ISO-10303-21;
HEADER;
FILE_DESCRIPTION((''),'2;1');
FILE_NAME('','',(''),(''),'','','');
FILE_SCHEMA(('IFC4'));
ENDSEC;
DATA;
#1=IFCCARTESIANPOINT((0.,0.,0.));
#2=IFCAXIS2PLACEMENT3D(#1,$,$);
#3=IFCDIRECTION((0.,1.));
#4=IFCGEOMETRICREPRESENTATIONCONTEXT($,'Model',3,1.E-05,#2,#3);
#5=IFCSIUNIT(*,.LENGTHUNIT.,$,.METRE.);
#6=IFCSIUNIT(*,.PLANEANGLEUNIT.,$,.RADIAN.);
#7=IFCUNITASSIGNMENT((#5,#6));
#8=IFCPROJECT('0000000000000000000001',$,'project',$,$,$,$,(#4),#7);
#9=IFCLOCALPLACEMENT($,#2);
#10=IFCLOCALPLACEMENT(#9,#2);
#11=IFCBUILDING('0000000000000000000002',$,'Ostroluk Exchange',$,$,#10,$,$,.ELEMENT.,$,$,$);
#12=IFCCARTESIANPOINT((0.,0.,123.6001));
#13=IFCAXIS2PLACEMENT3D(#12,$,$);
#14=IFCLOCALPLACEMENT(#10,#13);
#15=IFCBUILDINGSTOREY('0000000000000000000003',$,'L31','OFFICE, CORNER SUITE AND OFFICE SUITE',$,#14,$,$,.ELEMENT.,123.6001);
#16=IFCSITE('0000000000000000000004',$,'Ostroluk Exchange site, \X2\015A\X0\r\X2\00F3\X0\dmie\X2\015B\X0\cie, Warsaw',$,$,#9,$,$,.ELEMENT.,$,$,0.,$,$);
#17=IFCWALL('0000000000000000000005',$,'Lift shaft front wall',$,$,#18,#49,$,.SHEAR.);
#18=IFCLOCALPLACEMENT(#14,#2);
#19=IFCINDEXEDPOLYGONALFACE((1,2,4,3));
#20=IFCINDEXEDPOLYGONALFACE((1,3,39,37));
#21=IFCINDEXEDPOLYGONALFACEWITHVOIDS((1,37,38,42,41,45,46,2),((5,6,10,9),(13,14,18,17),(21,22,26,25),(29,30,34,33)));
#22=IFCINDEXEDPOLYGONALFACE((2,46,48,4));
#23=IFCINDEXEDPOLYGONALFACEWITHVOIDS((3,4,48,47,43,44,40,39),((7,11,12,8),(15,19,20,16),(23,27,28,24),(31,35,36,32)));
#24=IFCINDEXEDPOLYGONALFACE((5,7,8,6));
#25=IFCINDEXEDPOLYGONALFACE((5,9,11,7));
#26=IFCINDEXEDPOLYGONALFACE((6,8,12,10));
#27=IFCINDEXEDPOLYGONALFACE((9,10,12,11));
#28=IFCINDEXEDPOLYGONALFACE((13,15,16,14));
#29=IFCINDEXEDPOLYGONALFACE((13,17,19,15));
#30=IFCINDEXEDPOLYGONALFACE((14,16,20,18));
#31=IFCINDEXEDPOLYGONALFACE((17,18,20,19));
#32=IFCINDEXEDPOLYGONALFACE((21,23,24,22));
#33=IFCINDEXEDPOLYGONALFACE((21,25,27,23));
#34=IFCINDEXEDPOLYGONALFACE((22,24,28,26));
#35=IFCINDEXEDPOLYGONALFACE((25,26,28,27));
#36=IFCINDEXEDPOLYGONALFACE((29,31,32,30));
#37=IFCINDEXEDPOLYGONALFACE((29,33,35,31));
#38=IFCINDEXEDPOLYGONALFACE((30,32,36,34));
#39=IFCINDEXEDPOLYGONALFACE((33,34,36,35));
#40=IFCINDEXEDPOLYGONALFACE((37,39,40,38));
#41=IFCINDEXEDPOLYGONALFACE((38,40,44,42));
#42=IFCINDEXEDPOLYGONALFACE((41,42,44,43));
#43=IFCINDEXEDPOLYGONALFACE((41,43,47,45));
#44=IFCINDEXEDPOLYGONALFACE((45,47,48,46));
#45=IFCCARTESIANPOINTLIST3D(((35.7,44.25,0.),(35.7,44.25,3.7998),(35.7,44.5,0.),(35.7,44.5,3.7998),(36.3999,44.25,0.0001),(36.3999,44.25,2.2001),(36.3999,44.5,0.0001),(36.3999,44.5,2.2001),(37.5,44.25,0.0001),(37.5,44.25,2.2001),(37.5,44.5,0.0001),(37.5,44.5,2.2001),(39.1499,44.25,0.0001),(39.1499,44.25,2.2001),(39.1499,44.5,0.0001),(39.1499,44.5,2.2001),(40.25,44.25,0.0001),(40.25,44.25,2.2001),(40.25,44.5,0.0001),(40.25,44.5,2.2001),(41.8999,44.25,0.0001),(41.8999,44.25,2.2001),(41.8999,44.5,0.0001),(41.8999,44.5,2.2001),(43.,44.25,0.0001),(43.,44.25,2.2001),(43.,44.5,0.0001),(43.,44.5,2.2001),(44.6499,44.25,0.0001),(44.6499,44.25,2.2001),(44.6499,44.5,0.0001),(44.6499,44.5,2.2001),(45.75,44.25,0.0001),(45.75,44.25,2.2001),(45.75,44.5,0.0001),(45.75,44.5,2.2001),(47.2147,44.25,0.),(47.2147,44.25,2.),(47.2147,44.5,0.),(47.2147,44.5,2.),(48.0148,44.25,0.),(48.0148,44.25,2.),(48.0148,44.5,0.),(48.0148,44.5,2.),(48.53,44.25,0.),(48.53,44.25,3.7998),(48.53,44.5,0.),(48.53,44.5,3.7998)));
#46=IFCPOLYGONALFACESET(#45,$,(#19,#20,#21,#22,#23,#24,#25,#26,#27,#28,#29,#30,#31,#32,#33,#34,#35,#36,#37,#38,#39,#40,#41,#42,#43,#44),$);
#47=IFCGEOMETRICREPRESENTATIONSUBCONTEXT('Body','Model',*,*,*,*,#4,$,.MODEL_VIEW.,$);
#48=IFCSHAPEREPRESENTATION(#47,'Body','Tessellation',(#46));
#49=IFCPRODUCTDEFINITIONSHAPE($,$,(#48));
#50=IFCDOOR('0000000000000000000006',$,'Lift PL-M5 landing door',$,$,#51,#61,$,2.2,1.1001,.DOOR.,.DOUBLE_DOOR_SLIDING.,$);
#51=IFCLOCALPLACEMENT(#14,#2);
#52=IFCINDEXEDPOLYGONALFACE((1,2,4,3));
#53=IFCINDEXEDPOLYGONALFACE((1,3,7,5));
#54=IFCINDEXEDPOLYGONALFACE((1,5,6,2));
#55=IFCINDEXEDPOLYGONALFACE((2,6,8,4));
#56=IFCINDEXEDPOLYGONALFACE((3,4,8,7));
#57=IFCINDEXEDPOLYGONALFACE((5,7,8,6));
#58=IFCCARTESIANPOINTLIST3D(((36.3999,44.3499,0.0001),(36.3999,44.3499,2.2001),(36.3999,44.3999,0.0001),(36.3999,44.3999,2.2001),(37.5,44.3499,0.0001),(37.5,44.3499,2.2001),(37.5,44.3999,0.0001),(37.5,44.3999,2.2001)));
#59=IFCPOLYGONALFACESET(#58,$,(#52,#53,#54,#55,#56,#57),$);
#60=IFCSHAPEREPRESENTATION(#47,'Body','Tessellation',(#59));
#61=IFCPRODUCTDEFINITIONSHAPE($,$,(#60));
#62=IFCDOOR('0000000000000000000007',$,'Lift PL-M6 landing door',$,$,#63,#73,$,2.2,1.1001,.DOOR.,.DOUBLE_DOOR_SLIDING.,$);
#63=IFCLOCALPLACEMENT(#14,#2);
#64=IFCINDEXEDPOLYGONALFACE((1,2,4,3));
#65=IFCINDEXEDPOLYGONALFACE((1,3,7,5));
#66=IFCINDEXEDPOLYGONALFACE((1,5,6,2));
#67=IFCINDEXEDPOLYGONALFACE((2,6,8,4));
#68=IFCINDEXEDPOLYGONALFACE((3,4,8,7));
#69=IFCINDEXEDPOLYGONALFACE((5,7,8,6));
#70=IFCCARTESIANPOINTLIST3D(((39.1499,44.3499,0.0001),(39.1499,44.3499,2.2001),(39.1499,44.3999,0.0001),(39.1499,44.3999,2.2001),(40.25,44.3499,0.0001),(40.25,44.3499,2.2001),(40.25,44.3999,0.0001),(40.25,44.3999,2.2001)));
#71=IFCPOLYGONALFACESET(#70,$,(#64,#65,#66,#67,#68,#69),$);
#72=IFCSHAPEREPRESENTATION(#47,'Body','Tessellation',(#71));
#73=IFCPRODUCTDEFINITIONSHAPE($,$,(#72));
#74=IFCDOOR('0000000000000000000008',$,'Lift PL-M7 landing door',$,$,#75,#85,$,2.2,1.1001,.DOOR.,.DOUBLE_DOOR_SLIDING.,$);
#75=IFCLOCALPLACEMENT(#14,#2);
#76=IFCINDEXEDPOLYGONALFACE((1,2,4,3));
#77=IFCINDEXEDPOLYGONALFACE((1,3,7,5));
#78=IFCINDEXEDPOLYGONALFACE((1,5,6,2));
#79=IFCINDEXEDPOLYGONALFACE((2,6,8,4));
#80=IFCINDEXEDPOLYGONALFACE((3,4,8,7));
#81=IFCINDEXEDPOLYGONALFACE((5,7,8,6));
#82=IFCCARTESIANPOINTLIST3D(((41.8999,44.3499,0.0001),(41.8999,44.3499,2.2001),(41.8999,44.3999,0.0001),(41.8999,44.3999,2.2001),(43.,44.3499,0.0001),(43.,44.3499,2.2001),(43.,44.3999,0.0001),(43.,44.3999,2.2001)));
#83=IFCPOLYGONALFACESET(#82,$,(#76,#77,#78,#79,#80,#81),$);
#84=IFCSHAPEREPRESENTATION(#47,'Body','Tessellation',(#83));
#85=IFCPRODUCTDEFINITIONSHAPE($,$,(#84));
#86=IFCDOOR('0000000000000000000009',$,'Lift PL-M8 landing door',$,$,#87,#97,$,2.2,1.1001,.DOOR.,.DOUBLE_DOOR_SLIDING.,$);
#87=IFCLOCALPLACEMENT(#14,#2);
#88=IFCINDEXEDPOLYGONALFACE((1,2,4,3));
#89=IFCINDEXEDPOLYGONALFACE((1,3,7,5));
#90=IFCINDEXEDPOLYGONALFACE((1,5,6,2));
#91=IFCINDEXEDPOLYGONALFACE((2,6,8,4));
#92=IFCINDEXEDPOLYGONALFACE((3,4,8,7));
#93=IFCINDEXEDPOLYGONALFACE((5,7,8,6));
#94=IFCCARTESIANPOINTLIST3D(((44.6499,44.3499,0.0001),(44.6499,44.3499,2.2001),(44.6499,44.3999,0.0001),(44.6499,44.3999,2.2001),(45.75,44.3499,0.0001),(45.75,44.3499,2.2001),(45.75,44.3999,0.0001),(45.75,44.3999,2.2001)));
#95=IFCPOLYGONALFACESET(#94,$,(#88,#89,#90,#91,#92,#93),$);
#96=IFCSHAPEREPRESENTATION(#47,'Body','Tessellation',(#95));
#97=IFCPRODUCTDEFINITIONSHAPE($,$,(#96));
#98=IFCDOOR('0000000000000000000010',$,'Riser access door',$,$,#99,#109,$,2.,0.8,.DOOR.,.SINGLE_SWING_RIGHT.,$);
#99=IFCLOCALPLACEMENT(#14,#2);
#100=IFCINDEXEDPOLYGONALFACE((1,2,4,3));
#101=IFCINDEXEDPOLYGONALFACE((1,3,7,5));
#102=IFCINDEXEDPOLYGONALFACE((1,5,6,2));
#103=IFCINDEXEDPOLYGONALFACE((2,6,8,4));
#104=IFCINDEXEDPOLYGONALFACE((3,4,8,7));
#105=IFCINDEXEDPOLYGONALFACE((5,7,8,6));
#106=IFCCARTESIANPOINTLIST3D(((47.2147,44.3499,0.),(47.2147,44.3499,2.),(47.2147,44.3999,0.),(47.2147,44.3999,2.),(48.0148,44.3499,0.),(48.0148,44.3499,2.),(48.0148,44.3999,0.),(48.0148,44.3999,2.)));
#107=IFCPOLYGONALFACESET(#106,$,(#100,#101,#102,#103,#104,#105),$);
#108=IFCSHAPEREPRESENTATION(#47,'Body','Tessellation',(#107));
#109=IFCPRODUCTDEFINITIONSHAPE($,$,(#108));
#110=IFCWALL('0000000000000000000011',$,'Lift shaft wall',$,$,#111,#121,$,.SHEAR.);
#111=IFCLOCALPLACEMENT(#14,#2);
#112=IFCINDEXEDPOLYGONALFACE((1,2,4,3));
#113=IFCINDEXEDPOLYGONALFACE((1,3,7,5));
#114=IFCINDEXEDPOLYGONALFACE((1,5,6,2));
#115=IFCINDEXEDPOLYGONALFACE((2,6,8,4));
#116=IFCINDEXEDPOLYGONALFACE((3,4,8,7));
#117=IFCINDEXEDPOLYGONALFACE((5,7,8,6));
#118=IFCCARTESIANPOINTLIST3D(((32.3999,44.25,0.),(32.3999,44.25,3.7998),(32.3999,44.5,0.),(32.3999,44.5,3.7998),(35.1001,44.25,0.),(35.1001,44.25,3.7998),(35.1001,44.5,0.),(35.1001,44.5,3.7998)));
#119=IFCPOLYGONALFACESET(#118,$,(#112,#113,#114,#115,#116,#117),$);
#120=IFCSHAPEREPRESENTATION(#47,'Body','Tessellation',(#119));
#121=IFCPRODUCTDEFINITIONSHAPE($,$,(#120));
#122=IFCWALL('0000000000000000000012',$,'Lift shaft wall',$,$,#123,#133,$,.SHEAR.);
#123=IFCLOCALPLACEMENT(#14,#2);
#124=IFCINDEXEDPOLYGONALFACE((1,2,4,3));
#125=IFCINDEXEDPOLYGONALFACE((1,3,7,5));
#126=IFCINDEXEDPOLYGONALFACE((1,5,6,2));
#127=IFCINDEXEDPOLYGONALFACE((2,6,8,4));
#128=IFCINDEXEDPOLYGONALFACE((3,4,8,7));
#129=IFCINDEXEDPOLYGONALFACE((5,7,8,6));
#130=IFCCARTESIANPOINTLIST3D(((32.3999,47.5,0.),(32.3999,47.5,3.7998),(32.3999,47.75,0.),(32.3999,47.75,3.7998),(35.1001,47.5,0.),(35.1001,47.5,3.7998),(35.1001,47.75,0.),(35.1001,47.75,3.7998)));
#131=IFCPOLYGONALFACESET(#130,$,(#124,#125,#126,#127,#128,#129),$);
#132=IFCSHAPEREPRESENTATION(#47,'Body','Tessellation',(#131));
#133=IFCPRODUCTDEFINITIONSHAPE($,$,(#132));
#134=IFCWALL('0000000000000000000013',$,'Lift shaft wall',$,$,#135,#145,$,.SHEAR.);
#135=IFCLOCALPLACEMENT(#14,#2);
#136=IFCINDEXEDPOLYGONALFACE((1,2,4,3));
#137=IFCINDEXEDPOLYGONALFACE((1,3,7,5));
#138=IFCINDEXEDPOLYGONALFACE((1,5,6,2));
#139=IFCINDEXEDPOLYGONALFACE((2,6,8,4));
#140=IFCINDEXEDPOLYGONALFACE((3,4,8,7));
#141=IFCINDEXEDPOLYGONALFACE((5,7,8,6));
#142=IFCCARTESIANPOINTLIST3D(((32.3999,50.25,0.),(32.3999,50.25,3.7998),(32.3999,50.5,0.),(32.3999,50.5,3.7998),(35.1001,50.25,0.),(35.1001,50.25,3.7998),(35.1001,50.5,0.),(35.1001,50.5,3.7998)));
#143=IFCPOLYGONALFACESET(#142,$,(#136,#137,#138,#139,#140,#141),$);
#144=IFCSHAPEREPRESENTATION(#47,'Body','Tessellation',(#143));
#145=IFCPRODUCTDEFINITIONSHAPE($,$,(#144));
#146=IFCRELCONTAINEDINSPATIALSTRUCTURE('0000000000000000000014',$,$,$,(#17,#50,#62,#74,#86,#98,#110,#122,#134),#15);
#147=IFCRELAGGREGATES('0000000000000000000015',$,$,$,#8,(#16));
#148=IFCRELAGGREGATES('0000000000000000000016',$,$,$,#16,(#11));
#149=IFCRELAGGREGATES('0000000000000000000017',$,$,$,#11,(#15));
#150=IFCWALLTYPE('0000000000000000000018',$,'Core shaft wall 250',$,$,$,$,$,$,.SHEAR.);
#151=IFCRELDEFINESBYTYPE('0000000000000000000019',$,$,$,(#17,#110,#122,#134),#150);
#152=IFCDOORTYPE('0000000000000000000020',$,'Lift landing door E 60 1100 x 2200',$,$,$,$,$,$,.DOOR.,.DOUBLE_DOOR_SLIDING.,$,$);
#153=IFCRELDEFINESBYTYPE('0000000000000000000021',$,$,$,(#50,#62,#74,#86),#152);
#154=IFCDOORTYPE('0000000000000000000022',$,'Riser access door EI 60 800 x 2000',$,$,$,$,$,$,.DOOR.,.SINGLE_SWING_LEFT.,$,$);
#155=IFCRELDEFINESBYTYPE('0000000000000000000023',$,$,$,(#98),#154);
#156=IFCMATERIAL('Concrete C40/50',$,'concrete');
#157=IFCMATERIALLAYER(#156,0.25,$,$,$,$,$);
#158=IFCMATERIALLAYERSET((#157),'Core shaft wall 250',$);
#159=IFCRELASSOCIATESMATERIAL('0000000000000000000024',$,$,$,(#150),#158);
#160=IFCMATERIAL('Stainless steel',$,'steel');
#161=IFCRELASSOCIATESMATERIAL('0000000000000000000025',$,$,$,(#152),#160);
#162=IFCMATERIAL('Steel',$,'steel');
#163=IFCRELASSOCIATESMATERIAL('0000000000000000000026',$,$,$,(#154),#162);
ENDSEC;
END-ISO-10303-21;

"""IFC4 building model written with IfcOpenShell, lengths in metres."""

from ifc_helpers import new_model, si_unit, direction, frame, frame_2d, origin, place, context, subcontext, project, spatial, rectangle, extrude, material, layer, layer_set, type_object, element, fill, save


model = new_model("IFC4")

# Units and contexts
model_context = context("Model", 3, precision=1e-05, world=origin(), true_north=direction((0.0, 1.0)))
body_context = subcontext(model_context, "Body", "Model", "MODEL_VIEW")
ifc_project = project(units=[si_unit("LENGTHUNIT", "METRE"), si_unit("PLANEANGLEUNIT", "RADIAN")], contexts=[model_context])

# Site, building, storey
site_placement = place(None, origin())
site = spatial("IfcSite", under=ifc_project, at=site_placement, Name="Ostroluk Exchange site, Śródmieście, Warsaw", CompositionType="ELEMENT", RefElevation=0.0)
building_placement = place(site_placement, origin())
building = spatial("IfcBuilding", under=site, at=building_placement, Name="Ostroluk Exchange", CompositionType="ELEMENT")
storey_placement = place(building_placement, frame((0.0, 0.0, 123.6001)))
storey = spatial("IfcBuildingStorey", under=building, at=storey_placement, Name="L31", Description="OFFICE, CORNER SUITE AND OFFICE SUITE", CompositionType="ELEMENT", Elevation=123.6001)

# Shared definitions
ifc_material_1 = material(Name="Concrete C40/50", Category="concrete")
ifc_layer = layer(ifc_material_1, 0.25)
ifc_layer_set = layer_set([ifc_layer], Name="Core shaft wall 250")
wall_type = type_object("IfcWallType", Name="Core shaft wall 250", PredefinedType="SHEAR", material=ifc_layer_set)

# Wall, openings, doors
ifc_material_2 = material(Name="Stainless steel", Category="steel")
door_type_1 = type_object("IfcDoorType", Name="Lift landing door E 60 1100 x 2200", OperationType="DOUBLE_DOOR_SLIDING", PredefinedType="DOOR", material=ifc_material_2)
ifc_material_3 = material(Name="Steel", Category="steel")
door_type_2 = type_object("IfcDoorType", Name="Riser access door EI 60 800 x 2000", OperationType="SINGLE_SWING_LEFT", PredefinedType="DOOR", material=ifc_material_3)
wall_1_placement = place(storey_placement, frame((35.7, 44.375, 0.0), z_axis=(0.0, 0.0, 1.0), x_axis=(1.0, 0.0, 0.0)))
wall_1 = element("IfcWall", 1, at=wall_1_placement, inside=storey, type_object=wall_type, Name="Lift shaft front wall", PredefinedType="SHEAR", context=body_context, shape_type="SweptSolid", body=[
    extrude(rectangle(XDim=12.8301, YDim=0.25, at=frame_2d((6.415, 0.0))), origin(), (0.0, 0.0, 1.0), 3.7998),
])
opening_1_placement = place(wall_1_placement, frame((0.7, 0.0, 0.0)))
opening_1 = element("IfcOpeningElement", 2, at=opening_1_placement, cuts=wall_1, PredefinedType="OPENING", context=body_context, shape_type="SweptSolid", body=[
    extrude(rectangle(XDim=1.1001, YDim=2.2, at=frame_2d((0.55, 1.1001))), frame((0.0, 0.135, 0.0), z_axis=(0.0, -1.0, 0.0), x_axis=(1.0, 0.0, 0.0)), (0.0, 0.0, 1.0), 0.27),
])
opening_2_placement = place(wall_1_placement, frame((3.45, 0.0, 0.0)))
opening_2 = element("IfcOpeningElement", 3, at=opening_2_placement, cuts=wall_1, PredefinedType="OPENING", context=body_context, shape_type="SweptSolid", body=[
    extrude(rectangle(XDim=1.1001, YDim=2.2, at=frame_2d((0.55, 1.1001))), frame((0.0, 0.135, 0.0), z_axis=(0.0, -1.0, 0.0), x_axis=(1.0, 0.0, 0.0)), (0.0, 0.0, 1.0), 0.27),
])
opening_3_placement = place(wall_1_placement, frame((6.2, 0.0, 0.0)))
opening_3 = element("IfcOpeningElement", 4, at=opening_3_placement, cuts=wall_1, PredefinedType="OPENING", context=body_context, shape_type="SweptSolid", body=[
    extrude(rectangle(XDim=1.1001, YDim=2.2, at=frame_2d((0.55, 1.1001))), frame((0.0, 0.135, 0.0), z_axis=(0.0, -1.0, 0.0), x_axis=(1.0, 0.0, 0.0)), (0.0, 0.0, 1.0), 0.27),
])
opening_4_placement = place(wall_1_placement, frame((8.95, 0.0, 0.0)))
opening_4 = element("IfcOpeningElement", 5, at=opening_4_placement, cuts=wall_1, PredefinedType="OPENING", context=body_context, shape_type="SweptSolid", body=[
    extrude(rectangle(XDim=1.1001, YDim=2.2, at=frame_2d((0.55, 1.1001))), frame((0.0, 0.135, 0.0), z_axis=(0.0, -1.0, 0.0), x_axis=(1.0, 0.0, 0.0)), (0.0, 0.0, 1.0), 0.27),
])
opening_5_placement = place(wall_1_placement, frame((11.5149, 0.0, 0.0)))
opening_5 = element("IfcOpeningElement", 6, at=opening_5_placement, cuts=wall_1, PredefinedType="OPENING", context=body_context, shape_type="SweptSolid", body=[
    extrude(rectangle(XDim=0.8, YDim=2.0, at=frame_2d((0.3999, 1.0))), frame((0.0, 0.135, 0.0), z_axis=(0.0, -1.0, 0.0), x_axis=(1.0, 0.0, 0.0)), (0.0, 0.0, 1.0), 0.27),
])
door_1_placement = place(opening_1_placement, origin())
door_1 = element("IfcDoor", 7, at=door_1_placement, inside=storey, type_object=door_type_1, Name="Lift PL-M5 landing door", OperationType="DOUBLE_DOOR_SLIDING", OverallHeight=2.2, OverallWidth=1.1001, PredefinedType="DOOR", context=body_context, shape_type="SweptSolid", body=[
    extrude(rectangle(XDim=1.1001, YDim=2.2, at=frame_2d((0.55, 1.1001))), frame((0.0, 0.0249, 0.0), z_axis=(0.0, -1.0, 0.0), x_axis=(1.0, 0.0, 0.0)), (0.0, 0.0, 1.0), 0.05),
])
fill(opening_1, door_1)
door_2_placement = place(opening_2_placement, origin())
door_2 = element("IfcDoor", 8, at=door_2_placement, inside=storey, type_object=door_type_1, Name="Lift PL-M6 landing door", OperationType="DOUBLE_DOOR_SLIDING", OverallHeight=2.2, OverallWidth=1.1001, PredefinedType="DOOR", context=body_context, shape_type="SweptSolid", body=[
    extrude(rectangle(XDim=1.1001, YDim=2.2, at=frame_2d((0.55, 1.1001))), frame((0.0, 0.0249, 0.0), z_axis=(0.0, -1.0, 0.0), x_axis=(1.0, 0.0, 0.0)), (0.0, 0.0, 1.0), 0.05),
])
fill(opening_2, door_2)
door_3_placement = place(opening_3_placement, origin())
door_3 = element("IfcDoor", 9, at=door_3_placement, inside=storey, type_object=door_type_1, Name="Lift PL-M7 landing door", OperationType="DOUBLE_DOOR_SLIDING", OverallHeight=2.2, OverallWidth=1.1001, PredefinedType="DOOR", context=body_context, shape_type="SweptSolid", body=[
    extrude(rectangle(XDim=1.1001, YDim=2.2, at=frame_2d((0.55, 1.1001))), frame((0.0, 0.0249, 0.0), z_axis=(0.0, -1.0, 0.0), x_axis=(1.0, 0.0, 0.0)), (0.0, 0.0, 1.0), 0.05),
])
fill(opening_3, door_3)
door_4_placement = place(opening_4_placement, origin())
door_4 = element("IfcDoor", 10, at=door_4_placement, inside=storey, type_object=door_type_1, Name="Lift PL-M8 landing door", OperationType="DOUBLE_DOOR_SLIDING", OverallHeight=2.2, OverallWidth=1.1001, PredefinedType="DOOR", context=body_context, shape_type="SweptSolid", body=[
    extrude(rectangle(XDim=1.1001, YDim=2.2, at=frame_2d((0.55, 1.1001))), frame((0.0, 0.0249, 0.0), z_axis=(0.0, -1.0, 0.0), x_axis=(1.0, 0.0, 0.0)), (0.0, 0.0, 1.0), 0.05),
])
fill(opening_4, door_4)
door_5_placement = place(opening_5_placement, origin())
door_5 = element("IfcDoor", 11, at=door_5_placement, inside=storey, type_object=door_type_2, Name="Riser access door", OperationType="SINGLE_SWING_RIGHT", OverallHeight=2.0, OverallWidth=0.8, PredefinedType="DOOR", context=body_context, shape_type="SweptSolid", body=[
    extrude(rectangle(XDim=0.8, YDim=2.0, at=frame_2d((0.3999, 1.0))), frame((0.0, 0.0249, 0.0), z_axis=(0.0, -1.0, 0.0), x_axis=(1.0, 0.0, 0.0)), (0.0, 0.0, 1.0), 0.05),
])
fill(opening_5, door_5)

# Walls
for number, where, z_axis, x_axis, name in (
    (12, (32.3999, 44.375, 0.0), (0.0, 0.0, 1.0), (1.0, 0.0, 0.0), "Lift shaft wall"),
    (13, (32.3999, 47.625, 0.0), (0.0, 0.0, 1.0), (1.0, 0.0, 0.0), "Lift shaft wall"),
    (14, (32.3999, 50.375, 0.0), (0.0, 0.0, 1.0), (1.0, 0.0, 0.0), "Lift shaft wall"),
):
    element("IfcWall", number, at=place(storey_placement, frame(where, z_axis=z_axis, x_axis=x_axis)), inside=storey, type_object=wall_type, Name=name, PredefinedType="SHEAR", context=body_context, shape_type="SweptSolid", body=[
        extrude(rectangle(XDim=2.7002, YDim=0.25, at=frame_2d((1.3501, 0.0))), origin(), (0.0, 0.0, 1.0), 3.7998),
    ])

save(model, "model.ifc")
